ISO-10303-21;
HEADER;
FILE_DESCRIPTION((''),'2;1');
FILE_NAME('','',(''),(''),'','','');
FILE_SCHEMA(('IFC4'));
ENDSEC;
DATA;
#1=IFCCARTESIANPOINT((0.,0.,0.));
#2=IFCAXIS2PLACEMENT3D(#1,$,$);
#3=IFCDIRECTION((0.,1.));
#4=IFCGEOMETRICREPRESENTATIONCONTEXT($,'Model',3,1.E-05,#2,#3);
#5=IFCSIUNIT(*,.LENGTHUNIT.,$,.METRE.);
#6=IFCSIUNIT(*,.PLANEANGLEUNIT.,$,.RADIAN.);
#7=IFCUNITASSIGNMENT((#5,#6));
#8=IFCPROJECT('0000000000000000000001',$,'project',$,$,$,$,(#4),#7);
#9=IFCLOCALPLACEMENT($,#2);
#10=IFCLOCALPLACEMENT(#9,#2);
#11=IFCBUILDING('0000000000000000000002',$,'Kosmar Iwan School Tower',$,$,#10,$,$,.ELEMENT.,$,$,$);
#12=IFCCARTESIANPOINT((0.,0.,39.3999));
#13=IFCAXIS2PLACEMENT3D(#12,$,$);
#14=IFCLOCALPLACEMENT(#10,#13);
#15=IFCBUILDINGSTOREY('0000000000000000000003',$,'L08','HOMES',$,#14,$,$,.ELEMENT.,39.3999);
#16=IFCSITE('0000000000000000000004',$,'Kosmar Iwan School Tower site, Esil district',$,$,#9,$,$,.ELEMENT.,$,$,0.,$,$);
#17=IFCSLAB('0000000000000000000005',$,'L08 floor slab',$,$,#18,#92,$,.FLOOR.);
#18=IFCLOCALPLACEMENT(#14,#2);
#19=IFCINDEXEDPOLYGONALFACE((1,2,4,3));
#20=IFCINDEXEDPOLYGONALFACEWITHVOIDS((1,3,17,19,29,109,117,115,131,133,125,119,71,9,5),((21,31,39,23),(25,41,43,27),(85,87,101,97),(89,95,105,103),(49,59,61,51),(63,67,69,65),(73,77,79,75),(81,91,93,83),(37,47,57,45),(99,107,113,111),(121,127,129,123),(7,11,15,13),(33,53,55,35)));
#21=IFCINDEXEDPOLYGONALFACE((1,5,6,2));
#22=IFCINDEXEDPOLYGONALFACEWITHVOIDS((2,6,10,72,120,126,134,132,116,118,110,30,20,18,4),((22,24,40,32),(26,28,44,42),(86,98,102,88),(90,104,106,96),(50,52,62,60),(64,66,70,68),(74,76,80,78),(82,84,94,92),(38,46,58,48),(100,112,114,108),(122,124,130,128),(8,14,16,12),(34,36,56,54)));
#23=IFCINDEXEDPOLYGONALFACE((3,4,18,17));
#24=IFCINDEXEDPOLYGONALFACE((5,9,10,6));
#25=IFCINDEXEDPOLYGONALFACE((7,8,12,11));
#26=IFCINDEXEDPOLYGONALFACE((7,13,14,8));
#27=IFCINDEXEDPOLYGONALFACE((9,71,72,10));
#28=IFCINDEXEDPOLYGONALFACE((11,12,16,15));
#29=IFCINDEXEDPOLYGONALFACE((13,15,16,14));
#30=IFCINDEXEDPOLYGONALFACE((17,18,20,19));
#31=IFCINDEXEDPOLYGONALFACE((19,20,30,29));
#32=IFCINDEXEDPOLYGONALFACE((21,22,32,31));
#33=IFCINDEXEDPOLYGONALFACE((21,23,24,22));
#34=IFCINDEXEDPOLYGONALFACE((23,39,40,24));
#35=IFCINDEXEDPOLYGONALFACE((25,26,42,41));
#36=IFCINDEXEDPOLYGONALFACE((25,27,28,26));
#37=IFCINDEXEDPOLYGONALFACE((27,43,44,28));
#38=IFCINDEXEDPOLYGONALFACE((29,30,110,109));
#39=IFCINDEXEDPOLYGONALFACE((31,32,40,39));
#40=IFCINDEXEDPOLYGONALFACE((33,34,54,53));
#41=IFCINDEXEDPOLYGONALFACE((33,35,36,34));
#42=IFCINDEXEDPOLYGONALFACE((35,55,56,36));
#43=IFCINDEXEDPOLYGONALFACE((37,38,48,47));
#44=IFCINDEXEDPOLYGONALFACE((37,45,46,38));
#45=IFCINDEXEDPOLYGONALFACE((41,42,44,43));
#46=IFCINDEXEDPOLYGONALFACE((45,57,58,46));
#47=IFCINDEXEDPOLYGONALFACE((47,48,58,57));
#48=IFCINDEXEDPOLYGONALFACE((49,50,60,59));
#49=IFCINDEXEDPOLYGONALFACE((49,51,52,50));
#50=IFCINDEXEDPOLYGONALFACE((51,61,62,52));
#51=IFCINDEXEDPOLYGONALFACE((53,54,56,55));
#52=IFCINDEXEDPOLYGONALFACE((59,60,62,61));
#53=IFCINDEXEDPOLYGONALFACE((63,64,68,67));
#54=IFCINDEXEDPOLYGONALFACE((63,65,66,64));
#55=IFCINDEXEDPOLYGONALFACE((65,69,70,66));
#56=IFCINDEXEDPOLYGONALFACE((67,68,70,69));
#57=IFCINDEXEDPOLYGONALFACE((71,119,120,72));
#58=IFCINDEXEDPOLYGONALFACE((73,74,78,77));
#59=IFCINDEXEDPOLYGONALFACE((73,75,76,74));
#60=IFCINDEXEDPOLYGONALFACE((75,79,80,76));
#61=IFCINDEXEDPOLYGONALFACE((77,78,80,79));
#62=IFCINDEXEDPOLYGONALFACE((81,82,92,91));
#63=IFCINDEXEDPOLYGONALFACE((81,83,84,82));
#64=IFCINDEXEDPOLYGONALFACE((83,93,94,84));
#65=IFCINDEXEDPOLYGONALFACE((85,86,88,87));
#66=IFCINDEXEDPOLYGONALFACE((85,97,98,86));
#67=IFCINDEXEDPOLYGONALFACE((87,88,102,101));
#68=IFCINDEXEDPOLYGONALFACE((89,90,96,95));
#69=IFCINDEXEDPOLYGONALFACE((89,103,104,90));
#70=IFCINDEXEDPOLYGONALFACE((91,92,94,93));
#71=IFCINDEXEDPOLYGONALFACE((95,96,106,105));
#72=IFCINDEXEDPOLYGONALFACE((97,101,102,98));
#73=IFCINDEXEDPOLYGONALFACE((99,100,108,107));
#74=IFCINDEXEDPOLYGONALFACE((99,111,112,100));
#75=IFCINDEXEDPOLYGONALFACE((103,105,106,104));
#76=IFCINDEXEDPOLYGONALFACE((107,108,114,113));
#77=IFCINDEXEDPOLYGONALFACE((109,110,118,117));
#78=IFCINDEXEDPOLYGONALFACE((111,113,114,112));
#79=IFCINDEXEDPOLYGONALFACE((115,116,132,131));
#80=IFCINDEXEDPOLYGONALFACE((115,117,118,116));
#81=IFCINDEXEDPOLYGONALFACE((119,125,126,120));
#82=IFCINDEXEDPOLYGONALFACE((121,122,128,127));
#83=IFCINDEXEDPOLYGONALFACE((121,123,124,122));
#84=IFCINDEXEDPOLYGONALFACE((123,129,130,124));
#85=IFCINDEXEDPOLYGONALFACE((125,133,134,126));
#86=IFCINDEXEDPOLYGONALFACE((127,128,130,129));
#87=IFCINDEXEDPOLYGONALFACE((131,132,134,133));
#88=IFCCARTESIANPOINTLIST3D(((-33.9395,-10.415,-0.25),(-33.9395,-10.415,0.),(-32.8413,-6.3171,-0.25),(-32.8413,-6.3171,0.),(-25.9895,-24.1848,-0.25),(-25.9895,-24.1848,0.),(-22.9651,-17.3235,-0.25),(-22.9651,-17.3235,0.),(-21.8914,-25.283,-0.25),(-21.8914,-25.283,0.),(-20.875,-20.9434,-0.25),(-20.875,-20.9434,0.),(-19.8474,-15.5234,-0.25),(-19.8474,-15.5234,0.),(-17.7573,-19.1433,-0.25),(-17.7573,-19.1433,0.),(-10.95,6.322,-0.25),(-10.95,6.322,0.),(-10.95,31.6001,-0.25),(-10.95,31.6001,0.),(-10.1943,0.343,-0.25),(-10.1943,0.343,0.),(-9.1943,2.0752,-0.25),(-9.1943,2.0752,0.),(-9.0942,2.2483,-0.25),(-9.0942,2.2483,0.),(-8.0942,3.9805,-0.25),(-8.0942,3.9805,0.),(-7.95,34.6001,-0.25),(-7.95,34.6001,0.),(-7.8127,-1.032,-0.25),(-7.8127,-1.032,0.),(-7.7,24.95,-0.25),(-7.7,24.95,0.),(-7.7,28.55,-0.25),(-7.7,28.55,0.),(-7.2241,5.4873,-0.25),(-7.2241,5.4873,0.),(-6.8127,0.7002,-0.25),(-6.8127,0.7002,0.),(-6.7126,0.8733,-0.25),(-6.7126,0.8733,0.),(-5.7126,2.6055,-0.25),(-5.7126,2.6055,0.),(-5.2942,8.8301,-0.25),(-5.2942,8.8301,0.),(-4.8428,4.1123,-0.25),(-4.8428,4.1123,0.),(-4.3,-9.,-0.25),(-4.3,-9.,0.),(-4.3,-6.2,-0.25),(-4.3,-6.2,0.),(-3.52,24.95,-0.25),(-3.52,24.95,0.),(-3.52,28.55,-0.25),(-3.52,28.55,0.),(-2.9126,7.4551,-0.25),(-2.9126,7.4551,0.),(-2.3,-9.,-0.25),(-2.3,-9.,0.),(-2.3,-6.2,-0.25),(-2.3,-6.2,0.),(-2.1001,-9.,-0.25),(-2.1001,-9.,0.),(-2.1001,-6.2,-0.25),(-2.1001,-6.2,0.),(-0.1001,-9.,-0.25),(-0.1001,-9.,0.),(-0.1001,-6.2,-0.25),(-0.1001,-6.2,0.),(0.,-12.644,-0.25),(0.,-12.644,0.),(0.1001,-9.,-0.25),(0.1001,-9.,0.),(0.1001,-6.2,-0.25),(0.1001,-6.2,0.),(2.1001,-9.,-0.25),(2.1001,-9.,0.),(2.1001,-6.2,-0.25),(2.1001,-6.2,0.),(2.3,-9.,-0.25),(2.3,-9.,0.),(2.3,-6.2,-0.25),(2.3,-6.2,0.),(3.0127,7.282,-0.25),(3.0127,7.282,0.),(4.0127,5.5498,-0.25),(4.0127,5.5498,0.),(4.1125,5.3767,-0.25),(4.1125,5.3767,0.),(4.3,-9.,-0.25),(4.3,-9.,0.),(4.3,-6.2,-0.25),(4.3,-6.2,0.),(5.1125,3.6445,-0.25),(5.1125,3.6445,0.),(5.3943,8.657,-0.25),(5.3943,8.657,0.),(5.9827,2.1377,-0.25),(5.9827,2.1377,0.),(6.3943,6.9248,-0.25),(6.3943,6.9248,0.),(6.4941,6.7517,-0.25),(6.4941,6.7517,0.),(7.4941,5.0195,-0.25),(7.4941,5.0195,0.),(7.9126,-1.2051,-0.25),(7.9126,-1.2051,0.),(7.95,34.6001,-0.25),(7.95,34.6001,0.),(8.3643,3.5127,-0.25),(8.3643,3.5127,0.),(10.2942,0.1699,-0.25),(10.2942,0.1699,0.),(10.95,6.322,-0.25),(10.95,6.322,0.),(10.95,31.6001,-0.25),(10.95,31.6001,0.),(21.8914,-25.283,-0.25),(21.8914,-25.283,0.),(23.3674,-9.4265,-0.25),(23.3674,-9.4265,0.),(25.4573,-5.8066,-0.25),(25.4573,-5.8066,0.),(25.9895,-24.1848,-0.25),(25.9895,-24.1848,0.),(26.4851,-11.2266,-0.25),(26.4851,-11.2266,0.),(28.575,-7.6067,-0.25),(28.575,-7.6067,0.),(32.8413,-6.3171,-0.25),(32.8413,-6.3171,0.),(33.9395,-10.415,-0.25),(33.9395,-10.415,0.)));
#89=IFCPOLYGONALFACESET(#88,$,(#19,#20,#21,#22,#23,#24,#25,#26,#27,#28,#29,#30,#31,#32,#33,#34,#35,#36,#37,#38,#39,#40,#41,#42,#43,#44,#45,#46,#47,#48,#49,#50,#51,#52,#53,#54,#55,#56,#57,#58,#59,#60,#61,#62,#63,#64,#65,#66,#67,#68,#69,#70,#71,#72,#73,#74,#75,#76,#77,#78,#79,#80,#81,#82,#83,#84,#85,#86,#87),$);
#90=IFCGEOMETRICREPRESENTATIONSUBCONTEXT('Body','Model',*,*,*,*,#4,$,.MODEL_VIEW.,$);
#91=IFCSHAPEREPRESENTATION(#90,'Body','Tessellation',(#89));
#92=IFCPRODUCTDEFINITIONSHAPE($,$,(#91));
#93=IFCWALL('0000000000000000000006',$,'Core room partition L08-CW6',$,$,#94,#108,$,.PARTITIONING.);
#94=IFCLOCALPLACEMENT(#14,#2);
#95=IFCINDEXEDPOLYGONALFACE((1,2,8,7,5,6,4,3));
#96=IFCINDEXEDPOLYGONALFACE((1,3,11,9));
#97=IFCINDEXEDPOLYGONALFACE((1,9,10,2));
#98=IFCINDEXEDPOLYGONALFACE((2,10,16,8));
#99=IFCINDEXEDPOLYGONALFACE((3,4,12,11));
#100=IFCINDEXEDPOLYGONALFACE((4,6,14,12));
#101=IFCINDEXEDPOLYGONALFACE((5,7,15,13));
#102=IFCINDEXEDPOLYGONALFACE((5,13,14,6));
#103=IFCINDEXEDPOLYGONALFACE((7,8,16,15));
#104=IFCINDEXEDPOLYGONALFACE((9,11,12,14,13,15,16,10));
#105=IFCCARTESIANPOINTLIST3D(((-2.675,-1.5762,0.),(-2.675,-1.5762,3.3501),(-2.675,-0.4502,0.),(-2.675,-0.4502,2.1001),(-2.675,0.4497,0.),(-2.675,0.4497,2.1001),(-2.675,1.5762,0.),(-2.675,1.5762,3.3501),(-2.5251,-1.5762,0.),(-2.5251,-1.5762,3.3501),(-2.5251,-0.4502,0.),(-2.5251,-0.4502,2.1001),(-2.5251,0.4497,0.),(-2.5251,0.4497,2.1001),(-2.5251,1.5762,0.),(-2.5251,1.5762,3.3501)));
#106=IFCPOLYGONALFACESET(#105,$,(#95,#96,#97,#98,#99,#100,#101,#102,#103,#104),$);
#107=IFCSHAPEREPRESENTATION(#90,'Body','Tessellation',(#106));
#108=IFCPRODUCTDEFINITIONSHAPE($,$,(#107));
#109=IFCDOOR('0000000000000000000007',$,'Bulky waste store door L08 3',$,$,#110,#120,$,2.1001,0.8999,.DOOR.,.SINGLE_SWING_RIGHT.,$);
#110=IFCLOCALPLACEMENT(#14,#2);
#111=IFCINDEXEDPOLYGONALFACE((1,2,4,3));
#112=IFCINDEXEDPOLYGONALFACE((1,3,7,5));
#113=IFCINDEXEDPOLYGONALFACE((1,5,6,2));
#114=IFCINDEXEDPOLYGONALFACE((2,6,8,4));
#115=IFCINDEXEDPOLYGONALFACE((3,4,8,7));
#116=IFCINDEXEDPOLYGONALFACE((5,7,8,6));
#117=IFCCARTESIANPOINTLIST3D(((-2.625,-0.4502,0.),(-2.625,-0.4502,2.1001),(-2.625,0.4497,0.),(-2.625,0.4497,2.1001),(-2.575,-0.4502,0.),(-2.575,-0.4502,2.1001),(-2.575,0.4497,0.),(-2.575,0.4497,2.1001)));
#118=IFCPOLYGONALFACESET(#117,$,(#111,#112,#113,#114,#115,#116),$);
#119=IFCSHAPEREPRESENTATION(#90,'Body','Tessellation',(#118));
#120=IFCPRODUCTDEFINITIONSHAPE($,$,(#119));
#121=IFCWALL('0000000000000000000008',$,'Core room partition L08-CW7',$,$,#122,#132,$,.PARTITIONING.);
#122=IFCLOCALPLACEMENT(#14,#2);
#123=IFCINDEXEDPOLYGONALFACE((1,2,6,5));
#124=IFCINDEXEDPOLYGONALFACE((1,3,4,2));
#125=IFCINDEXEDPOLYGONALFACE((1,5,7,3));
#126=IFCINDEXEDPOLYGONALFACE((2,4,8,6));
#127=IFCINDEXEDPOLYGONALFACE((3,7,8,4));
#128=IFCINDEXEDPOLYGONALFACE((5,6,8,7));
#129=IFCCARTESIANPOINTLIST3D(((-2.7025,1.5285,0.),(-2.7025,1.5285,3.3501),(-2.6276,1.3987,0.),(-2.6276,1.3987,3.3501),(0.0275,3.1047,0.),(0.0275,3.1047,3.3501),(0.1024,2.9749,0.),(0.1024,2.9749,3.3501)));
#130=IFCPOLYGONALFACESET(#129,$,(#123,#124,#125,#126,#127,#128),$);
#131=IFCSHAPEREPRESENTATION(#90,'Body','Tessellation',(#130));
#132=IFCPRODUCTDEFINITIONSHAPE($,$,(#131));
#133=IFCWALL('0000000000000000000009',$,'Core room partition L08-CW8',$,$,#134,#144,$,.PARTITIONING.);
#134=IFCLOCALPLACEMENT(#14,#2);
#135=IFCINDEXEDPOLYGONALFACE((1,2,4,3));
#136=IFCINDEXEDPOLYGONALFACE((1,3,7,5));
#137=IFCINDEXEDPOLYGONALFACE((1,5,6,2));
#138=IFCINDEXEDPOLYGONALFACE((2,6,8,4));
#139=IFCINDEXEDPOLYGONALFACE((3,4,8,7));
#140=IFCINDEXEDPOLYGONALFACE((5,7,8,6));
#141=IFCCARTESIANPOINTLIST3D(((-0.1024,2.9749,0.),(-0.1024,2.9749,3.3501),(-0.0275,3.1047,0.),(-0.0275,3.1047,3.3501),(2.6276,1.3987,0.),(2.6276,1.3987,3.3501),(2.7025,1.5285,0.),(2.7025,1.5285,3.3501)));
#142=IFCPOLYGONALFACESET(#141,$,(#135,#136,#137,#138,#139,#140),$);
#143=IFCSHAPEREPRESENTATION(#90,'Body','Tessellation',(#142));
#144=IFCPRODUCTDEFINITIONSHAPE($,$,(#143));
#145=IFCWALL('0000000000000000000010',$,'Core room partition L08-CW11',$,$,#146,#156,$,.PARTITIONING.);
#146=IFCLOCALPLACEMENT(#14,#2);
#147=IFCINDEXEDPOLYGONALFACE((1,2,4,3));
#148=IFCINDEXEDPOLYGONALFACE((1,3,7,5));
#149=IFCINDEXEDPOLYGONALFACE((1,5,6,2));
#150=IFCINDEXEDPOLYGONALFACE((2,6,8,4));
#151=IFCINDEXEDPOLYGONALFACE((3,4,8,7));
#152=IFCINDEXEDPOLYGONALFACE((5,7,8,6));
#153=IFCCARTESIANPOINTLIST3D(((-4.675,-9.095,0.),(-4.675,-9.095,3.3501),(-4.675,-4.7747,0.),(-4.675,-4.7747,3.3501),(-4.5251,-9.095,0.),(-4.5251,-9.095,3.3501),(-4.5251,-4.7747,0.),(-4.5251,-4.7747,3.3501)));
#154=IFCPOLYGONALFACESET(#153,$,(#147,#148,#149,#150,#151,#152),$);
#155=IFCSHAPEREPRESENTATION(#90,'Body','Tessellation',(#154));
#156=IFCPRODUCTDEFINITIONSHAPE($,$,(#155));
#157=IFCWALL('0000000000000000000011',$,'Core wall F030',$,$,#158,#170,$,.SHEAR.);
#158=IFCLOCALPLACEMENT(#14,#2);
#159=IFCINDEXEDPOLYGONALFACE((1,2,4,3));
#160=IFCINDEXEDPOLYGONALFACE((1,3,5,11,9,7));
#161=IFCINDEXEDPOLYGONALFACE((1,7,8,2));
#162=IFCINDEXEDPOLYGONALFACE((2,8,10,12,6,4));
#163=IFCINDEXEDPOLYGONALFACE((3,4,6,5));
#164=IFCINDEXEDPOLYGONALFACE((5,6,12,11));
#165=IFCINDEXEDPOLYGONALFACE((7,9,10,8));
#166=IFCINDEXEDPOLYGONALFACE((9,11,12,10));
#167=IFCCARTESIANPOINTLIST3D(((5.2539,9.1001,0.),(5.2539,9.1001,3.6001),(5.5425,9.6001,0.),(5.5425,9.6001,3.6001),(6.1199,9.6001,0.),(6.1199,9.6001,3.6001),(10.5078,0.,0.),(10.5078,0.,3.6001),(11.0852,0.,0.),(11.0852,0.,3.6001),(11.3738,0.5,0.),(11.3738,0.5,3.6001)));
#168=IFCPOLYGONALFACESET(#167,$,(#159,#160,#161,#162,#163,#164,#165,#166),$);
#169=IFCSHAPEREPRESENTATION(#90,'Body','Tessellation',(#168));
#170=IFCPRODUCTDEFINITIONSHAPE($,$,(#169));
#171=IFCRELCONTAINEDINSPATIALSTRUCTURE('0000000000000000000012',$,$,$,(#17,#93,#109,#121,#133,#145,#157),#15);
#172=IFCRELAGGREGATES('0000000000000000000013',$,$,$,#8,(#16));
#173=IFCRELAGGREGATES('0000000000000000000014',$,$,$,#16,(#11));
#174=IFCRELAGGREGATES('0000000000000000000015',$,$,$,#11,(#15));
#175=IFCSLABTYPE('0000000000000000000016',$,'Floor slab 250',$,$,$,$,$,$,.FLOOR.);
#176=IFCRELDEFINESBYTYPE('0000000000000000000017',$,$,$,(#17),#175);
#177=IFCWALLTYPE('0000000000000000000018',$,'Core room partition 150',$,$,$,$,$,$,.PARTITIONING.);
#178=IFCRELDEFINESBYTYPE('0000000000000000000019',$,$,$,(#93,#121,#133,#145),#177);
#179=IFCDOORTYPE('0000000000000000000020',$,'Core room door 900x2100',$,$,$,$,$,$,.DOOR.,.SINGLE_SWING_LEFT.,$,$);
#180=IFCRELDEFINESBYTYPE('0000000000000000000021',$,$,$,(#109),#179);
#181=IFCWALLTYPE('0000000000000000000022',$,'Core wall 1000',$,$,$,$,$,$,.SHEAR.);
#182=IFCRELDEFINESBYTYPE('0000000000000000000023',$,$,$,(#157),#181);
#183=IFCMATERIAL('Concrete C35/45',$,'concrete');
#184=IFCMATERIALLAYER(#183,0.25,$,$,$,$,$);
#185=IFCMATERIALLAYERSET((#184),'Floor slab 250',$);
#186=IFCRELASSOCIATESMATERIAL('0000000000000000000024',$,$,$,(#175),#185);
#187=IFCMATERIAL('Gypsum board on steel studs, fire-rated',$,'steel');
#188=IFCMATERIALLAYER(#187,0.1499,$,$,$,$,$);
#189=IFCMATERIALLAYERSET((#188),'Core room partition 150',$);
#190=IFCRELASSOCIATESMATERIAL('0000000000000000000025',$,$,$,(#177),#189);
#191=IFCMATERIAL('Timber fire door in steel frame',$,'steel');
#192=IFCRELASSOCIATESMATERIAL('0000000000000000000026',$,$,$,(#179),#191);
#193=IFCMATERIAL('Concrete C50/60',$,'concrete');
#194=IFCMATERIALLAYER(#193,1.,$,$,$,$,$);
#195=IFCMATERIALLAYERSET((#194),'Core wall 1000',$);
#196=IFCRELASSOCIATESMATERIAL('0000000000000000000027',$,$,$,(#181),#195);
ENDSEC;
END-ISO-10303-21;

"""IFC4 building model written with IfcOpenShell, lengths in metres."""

from ifc_helpers import new_model, si_unit, direction, frame, frame_2d, origin, place, context, subcontext, project, spatial, polyline, rectangle, outline, extrude, material, layer, layer_set, type_object, element, fill, save


model = new_model("IFC4")

# Units and contexts
model_context = context("Model", 3, precision=1e-05, world=origin(), true_north=direction((0.0, 1.0)))
body_context = subcontext(model_context, "Body", "Model", "MODEL_VIEW")
ifc_project = project(units=[si_unit("LENGTHUNIT", "METRE"), si_unit("PLANEANGLEUNIT", "RADIAN")], contexts=[model_context])

# Site, building, storey
site_placement = place(None, origin())
site = spatial("IfcSite", under=ifc_project, at=site_placement, Name="Kosmar Iwan School Tower site, Esil district", CompositionType="ELEMENT", RefElevation=0.0)
building_placement = place(site_placement, origin())
building = spatial("IfcBuilding", under=site, at=building_placement, Name="Kosmar Iwan School Tower", CompositionType="ELEMENT")
storey_placement = place(building_placement, frame((0.0, 0.0, 39.3999)))
storey = spatial("IfcBuildingStorey", under=building, at=storey_placement, Name="L08", Description="HOMES", CompositionType="ELEMENT", Elevation=39.3999)

# Slab
ifc_material_1 = material(Name="Concrete C35/45", Category="concrete")
ifc_layer_1 = layer(ifc_material_1, 0.25)
ifc_layer_set_1 = layer_set([ifc_layer_1], Name="Floor slab 250")
slab_type = type_object("IfcSlabType", Name="Floor slab 250", PredefinedType="FLOOR", material=ifc_layer_set_1)
slab_placement = place(storey_placement, frame((0.0, 0.0, -0.25)))
element("IfcSlab", 1, at=slab_placement, inside=storey, type_object=slab_type, Name="L08 floor slab", PredefinedType="FLOOR", context=body_context, shape_type="SweptSolid", body=[
    extrude(outline(polyline([(-21.8914, -25.283), (0.0, -12.644), (21.8914, -25.283), (25.9895, -24.1848), (33.9395, -10.415), (32.8413, -6.3171), (10.95, 6.322), (10.95, 31.6001), (7.95, 34.6001), (-7.95, 34.6001), (-10.95, 31.6001), (-10.95, 6.322), (-32.8413, -6.3171), (-33.9395, -10.415), (-25.9895, -24.1848), (-21.8914, -25.283)]), holes=[polyline([(7.9126, -1.2051), (10.2942, 0.1699), (8.3643, 3.5127), (5.9827, 2.1377), (7.9126, -1.2051)]), polyline([(-2.9126, 7.4551), (-5.2942, 8.8301), (-7.2241, 5.4873), (-4.8428, 4.1123), (-2.9126, 7.4551)]), polyline([(-5.7126, 2.6055), (-8.0942, 3.9805), (-9.0942, 2.2483), (-6.7126, 0.8733), (-5.7126, 2.6055)]), polyline([(-6.8127, 0.7002), (-9.1943, 2.0752), (-10.1943, 0.343), (-7.8127, -1.032), (-6.8127, 0.7002)]), polyline([(5.1125, 3.6445), (7.4941, 5.0195), (6.4941, 6.7517), (4.1125, 5.3767), (5.1125, 3.6445)]), polyline([(4.0127, 5.5498), (6.3943, 6.9248), (5.3943, 8.657), (3.0127, 7.282), (4.0127, 5.5498)]), polyline([(-4.3, -6.2), (-4.3, -9.0), (-2.3, -9.0), (-2.3, -6.2), (-4.3, -6.2)]), polyline([(-2.1001, -6.2), (-2.1001, -9.0), (-0.1001, -9.0), (-0.1001, -6.2), (-2.1001, -6.2)]), polyline([(0.1001, -6.2), (0.1001, -9.0), (2.1001, -9.0), (2.1001, -6.2), (0.1001, -6.2)]), polyline([(2.3, -6.2), (2.3, -9.0), (4.3, -9.0), (4.3, -6.2), (2.3, -6.2)]), polyline([(-3.52, 24.95), (-3.52, 28.55), (-7.7, 28.55), (-7.7, 24.95), (-3.52, 24.95)]), polyline([(-19.8474, -15.5234), (-22.9651, -17.3235), (-20.875, -20.9434), (-17.7573, -19.1433), (-19.8474, -15.5234)]), polyline([(23.3674, -9.4265), (26.4851, -11.2266), (28.575, -7.6067), (25.4573, -5.8066), (23.3674, -9.4265)])]), origin(), (0.0, 0.0, 1.0), 0.25),
])

# Wall, opening, door
ifc_material_2 = material(Name="Gypsum board on steel studs, fire-rated", Category="steel")
ifc_layer_2 = layer(ifc_material_2, 0.1499)
ifc_layer_set_2 = layer_set([ifc_layer_2], Name="Core room partition 150")
wall_type_1 = type_object("IfcWallType", Name="Core room partition 150", PredefinedType="PARTITIONING", material=ifc_layer_set_2)
wall_1_placement = place(storey_placement, frame((-2.6001, -1.5762, 0.0), z_axis=(0.0, 0.0, 1.0), x_axis=(0.0, 1.0, 0.0)))
wall_1 = element("IfcWall", 2, at=wall_1_placement, inside=storey, type_object=wall_type_1, Name="Core room partition L08-CW6", PredefinedType="PARTITIONING", context=body_context, shape_type="SweptSolid", body=[
    extrude(rectangle(XDim=3.1523, YDim=0.1499, at=frame_2d((1.5762, 0.0))), origin(), (0.0, 0.0, 1.0), 3.3501),
])
opening_1_placement = place(wall_1_placement, frame((1.126, 0.0, 0.0)))
opening_1 = element("IfcOpeningElement", 3, at=opening_1_placement, cuts=wall_1, PredefinedType="OPENING", context=body_context, shape_type="SweptSolid", body=[
    extrude(rectangle(XDim=0.8999, YDim=2.1001, at=frame_2d((0.45, 1.05))), frame((0.0, 0.0869, 0.0), z_axis=(0.0, -1.0, 0.0), x_axis=(1.0, 0.0, 0.0)), (0.0, 0.0, 1.0), 0.1738),
])
ifc_material_3 = material(Name="Timber fire door in steel frame", Category="steel")
door_type_1 = type_object("IfcDoorType", Name="Core room door 900x2100", OperationType="SINGLE_SWING_LEFT", PredefinedType="DOOR", material=ifc_material_3)
door_1_placement = place(opening_1_placement, origin())
door_1 = element("IfcDoor", 4, at=door_1_placement, inside=storey, type_object=door_type_1, Name="Bulky waste store door L08 3", OperationType="SINGLE_SWING_RIGHT", OverallHeight=2.1001, OverallWidth=0.8999, PredefinedType="DOOR", context=body_context, shape_type="SweptSolid", body=[
    extrude(rectangle(XDim=0.8999, YDim=2.1001, at=frame_2d((0.45, 1.05))), frame((0.0, 0.0249, 0.0), z_axis=(0.0, -1.0, 0.0), x_axis=(1.0, 0.0, 0.0)), (0.0, 0.0, 1.0), 0.05),
])
fill(opening_1, door_1)

# Walls
for number, where, z_axis, x_axis, name in (
    (5, (-2.665, 1.4636, 0.0), (0.0, 0.0, 1.0), (0.866023, 0.500004, 0.0), "Core room partition L08-CW7"),
    (6, (-0.0649, 3.0398, 0.0), (0.0, 0.0, 1.0), (0.866023, -0.500004, 0.0), "Core room partition L08-CW8"),
):
    element("IfcWall", number, at=place(storey_placement, frame(where, z_axis=z_axis, x_axis=x_axis)), inside=storey, type_object=wall_type_1, Name=name, PredefinedType="PARTITIONING", context=body_context, shape_type="SweptSolid", body=[
        extrude(rectangle(XDim=3.1523, YDim=0.1499, at=frame_2d((1.5762, 0.0))), origin(), (0.0, 0.0, 1.0), 3.3501),
    ])
wall_2_placement = place(storey_placement, frame((-4.6001, -4.7747, 0.0), z_axis=(0.0, 0.0, 1.0), x_axis=(0.0, -1.0, 0.0)))
element("IfcWall", 7, at=wall_2_placement, inside=storey, type_object=wall_type_1, Name="Core room partition L08-CW11", PredefinedType="PARTITIONING", context=body_context, shape_type="SweptSolid", body=[
    extrude(rectangle(XDim=4.3203, YDim=0.1499, at=frame_2d((2.1602, 0.0))), origin(), (0.0, 0.0, 1.0), 3.3501),
])
ifc_material_4 = material(Name="Concrete C50/60", Category="concrete")
ifc_layer_3 = layer(ifc_material_4, 1.0)
ifc_layer_set_3 = layer_set([ifc_layer_3], Name="Core wall 1000")
wall_type_2 = type_object("IfcWallType", Name="Core wall 1000", PredefinedType="SHEAR", material=ifc_layer_set_3)
wall_3_placement = place(storey_placement, origin())
element("IfcWall", 8, at=wall_3_placement, inside=storey, type_object=wall_type_2, Name="Core wall F030", PredefinedType="SHEAR", context=body_context, shape_type="SweptSolid", body=[
    extrude(outline(polyline([(10.5078, 0.0), (11.0852, 0.0), (11.3738, 0.5), (6.1199, 9.6001), (5.5425, 9.6001), (5.2539, 9.1001), (10.5078, 0.0)])), origin(), (0.0, 0.0, 1.0), 3.6001),
])

save(model, "model.ifc")
